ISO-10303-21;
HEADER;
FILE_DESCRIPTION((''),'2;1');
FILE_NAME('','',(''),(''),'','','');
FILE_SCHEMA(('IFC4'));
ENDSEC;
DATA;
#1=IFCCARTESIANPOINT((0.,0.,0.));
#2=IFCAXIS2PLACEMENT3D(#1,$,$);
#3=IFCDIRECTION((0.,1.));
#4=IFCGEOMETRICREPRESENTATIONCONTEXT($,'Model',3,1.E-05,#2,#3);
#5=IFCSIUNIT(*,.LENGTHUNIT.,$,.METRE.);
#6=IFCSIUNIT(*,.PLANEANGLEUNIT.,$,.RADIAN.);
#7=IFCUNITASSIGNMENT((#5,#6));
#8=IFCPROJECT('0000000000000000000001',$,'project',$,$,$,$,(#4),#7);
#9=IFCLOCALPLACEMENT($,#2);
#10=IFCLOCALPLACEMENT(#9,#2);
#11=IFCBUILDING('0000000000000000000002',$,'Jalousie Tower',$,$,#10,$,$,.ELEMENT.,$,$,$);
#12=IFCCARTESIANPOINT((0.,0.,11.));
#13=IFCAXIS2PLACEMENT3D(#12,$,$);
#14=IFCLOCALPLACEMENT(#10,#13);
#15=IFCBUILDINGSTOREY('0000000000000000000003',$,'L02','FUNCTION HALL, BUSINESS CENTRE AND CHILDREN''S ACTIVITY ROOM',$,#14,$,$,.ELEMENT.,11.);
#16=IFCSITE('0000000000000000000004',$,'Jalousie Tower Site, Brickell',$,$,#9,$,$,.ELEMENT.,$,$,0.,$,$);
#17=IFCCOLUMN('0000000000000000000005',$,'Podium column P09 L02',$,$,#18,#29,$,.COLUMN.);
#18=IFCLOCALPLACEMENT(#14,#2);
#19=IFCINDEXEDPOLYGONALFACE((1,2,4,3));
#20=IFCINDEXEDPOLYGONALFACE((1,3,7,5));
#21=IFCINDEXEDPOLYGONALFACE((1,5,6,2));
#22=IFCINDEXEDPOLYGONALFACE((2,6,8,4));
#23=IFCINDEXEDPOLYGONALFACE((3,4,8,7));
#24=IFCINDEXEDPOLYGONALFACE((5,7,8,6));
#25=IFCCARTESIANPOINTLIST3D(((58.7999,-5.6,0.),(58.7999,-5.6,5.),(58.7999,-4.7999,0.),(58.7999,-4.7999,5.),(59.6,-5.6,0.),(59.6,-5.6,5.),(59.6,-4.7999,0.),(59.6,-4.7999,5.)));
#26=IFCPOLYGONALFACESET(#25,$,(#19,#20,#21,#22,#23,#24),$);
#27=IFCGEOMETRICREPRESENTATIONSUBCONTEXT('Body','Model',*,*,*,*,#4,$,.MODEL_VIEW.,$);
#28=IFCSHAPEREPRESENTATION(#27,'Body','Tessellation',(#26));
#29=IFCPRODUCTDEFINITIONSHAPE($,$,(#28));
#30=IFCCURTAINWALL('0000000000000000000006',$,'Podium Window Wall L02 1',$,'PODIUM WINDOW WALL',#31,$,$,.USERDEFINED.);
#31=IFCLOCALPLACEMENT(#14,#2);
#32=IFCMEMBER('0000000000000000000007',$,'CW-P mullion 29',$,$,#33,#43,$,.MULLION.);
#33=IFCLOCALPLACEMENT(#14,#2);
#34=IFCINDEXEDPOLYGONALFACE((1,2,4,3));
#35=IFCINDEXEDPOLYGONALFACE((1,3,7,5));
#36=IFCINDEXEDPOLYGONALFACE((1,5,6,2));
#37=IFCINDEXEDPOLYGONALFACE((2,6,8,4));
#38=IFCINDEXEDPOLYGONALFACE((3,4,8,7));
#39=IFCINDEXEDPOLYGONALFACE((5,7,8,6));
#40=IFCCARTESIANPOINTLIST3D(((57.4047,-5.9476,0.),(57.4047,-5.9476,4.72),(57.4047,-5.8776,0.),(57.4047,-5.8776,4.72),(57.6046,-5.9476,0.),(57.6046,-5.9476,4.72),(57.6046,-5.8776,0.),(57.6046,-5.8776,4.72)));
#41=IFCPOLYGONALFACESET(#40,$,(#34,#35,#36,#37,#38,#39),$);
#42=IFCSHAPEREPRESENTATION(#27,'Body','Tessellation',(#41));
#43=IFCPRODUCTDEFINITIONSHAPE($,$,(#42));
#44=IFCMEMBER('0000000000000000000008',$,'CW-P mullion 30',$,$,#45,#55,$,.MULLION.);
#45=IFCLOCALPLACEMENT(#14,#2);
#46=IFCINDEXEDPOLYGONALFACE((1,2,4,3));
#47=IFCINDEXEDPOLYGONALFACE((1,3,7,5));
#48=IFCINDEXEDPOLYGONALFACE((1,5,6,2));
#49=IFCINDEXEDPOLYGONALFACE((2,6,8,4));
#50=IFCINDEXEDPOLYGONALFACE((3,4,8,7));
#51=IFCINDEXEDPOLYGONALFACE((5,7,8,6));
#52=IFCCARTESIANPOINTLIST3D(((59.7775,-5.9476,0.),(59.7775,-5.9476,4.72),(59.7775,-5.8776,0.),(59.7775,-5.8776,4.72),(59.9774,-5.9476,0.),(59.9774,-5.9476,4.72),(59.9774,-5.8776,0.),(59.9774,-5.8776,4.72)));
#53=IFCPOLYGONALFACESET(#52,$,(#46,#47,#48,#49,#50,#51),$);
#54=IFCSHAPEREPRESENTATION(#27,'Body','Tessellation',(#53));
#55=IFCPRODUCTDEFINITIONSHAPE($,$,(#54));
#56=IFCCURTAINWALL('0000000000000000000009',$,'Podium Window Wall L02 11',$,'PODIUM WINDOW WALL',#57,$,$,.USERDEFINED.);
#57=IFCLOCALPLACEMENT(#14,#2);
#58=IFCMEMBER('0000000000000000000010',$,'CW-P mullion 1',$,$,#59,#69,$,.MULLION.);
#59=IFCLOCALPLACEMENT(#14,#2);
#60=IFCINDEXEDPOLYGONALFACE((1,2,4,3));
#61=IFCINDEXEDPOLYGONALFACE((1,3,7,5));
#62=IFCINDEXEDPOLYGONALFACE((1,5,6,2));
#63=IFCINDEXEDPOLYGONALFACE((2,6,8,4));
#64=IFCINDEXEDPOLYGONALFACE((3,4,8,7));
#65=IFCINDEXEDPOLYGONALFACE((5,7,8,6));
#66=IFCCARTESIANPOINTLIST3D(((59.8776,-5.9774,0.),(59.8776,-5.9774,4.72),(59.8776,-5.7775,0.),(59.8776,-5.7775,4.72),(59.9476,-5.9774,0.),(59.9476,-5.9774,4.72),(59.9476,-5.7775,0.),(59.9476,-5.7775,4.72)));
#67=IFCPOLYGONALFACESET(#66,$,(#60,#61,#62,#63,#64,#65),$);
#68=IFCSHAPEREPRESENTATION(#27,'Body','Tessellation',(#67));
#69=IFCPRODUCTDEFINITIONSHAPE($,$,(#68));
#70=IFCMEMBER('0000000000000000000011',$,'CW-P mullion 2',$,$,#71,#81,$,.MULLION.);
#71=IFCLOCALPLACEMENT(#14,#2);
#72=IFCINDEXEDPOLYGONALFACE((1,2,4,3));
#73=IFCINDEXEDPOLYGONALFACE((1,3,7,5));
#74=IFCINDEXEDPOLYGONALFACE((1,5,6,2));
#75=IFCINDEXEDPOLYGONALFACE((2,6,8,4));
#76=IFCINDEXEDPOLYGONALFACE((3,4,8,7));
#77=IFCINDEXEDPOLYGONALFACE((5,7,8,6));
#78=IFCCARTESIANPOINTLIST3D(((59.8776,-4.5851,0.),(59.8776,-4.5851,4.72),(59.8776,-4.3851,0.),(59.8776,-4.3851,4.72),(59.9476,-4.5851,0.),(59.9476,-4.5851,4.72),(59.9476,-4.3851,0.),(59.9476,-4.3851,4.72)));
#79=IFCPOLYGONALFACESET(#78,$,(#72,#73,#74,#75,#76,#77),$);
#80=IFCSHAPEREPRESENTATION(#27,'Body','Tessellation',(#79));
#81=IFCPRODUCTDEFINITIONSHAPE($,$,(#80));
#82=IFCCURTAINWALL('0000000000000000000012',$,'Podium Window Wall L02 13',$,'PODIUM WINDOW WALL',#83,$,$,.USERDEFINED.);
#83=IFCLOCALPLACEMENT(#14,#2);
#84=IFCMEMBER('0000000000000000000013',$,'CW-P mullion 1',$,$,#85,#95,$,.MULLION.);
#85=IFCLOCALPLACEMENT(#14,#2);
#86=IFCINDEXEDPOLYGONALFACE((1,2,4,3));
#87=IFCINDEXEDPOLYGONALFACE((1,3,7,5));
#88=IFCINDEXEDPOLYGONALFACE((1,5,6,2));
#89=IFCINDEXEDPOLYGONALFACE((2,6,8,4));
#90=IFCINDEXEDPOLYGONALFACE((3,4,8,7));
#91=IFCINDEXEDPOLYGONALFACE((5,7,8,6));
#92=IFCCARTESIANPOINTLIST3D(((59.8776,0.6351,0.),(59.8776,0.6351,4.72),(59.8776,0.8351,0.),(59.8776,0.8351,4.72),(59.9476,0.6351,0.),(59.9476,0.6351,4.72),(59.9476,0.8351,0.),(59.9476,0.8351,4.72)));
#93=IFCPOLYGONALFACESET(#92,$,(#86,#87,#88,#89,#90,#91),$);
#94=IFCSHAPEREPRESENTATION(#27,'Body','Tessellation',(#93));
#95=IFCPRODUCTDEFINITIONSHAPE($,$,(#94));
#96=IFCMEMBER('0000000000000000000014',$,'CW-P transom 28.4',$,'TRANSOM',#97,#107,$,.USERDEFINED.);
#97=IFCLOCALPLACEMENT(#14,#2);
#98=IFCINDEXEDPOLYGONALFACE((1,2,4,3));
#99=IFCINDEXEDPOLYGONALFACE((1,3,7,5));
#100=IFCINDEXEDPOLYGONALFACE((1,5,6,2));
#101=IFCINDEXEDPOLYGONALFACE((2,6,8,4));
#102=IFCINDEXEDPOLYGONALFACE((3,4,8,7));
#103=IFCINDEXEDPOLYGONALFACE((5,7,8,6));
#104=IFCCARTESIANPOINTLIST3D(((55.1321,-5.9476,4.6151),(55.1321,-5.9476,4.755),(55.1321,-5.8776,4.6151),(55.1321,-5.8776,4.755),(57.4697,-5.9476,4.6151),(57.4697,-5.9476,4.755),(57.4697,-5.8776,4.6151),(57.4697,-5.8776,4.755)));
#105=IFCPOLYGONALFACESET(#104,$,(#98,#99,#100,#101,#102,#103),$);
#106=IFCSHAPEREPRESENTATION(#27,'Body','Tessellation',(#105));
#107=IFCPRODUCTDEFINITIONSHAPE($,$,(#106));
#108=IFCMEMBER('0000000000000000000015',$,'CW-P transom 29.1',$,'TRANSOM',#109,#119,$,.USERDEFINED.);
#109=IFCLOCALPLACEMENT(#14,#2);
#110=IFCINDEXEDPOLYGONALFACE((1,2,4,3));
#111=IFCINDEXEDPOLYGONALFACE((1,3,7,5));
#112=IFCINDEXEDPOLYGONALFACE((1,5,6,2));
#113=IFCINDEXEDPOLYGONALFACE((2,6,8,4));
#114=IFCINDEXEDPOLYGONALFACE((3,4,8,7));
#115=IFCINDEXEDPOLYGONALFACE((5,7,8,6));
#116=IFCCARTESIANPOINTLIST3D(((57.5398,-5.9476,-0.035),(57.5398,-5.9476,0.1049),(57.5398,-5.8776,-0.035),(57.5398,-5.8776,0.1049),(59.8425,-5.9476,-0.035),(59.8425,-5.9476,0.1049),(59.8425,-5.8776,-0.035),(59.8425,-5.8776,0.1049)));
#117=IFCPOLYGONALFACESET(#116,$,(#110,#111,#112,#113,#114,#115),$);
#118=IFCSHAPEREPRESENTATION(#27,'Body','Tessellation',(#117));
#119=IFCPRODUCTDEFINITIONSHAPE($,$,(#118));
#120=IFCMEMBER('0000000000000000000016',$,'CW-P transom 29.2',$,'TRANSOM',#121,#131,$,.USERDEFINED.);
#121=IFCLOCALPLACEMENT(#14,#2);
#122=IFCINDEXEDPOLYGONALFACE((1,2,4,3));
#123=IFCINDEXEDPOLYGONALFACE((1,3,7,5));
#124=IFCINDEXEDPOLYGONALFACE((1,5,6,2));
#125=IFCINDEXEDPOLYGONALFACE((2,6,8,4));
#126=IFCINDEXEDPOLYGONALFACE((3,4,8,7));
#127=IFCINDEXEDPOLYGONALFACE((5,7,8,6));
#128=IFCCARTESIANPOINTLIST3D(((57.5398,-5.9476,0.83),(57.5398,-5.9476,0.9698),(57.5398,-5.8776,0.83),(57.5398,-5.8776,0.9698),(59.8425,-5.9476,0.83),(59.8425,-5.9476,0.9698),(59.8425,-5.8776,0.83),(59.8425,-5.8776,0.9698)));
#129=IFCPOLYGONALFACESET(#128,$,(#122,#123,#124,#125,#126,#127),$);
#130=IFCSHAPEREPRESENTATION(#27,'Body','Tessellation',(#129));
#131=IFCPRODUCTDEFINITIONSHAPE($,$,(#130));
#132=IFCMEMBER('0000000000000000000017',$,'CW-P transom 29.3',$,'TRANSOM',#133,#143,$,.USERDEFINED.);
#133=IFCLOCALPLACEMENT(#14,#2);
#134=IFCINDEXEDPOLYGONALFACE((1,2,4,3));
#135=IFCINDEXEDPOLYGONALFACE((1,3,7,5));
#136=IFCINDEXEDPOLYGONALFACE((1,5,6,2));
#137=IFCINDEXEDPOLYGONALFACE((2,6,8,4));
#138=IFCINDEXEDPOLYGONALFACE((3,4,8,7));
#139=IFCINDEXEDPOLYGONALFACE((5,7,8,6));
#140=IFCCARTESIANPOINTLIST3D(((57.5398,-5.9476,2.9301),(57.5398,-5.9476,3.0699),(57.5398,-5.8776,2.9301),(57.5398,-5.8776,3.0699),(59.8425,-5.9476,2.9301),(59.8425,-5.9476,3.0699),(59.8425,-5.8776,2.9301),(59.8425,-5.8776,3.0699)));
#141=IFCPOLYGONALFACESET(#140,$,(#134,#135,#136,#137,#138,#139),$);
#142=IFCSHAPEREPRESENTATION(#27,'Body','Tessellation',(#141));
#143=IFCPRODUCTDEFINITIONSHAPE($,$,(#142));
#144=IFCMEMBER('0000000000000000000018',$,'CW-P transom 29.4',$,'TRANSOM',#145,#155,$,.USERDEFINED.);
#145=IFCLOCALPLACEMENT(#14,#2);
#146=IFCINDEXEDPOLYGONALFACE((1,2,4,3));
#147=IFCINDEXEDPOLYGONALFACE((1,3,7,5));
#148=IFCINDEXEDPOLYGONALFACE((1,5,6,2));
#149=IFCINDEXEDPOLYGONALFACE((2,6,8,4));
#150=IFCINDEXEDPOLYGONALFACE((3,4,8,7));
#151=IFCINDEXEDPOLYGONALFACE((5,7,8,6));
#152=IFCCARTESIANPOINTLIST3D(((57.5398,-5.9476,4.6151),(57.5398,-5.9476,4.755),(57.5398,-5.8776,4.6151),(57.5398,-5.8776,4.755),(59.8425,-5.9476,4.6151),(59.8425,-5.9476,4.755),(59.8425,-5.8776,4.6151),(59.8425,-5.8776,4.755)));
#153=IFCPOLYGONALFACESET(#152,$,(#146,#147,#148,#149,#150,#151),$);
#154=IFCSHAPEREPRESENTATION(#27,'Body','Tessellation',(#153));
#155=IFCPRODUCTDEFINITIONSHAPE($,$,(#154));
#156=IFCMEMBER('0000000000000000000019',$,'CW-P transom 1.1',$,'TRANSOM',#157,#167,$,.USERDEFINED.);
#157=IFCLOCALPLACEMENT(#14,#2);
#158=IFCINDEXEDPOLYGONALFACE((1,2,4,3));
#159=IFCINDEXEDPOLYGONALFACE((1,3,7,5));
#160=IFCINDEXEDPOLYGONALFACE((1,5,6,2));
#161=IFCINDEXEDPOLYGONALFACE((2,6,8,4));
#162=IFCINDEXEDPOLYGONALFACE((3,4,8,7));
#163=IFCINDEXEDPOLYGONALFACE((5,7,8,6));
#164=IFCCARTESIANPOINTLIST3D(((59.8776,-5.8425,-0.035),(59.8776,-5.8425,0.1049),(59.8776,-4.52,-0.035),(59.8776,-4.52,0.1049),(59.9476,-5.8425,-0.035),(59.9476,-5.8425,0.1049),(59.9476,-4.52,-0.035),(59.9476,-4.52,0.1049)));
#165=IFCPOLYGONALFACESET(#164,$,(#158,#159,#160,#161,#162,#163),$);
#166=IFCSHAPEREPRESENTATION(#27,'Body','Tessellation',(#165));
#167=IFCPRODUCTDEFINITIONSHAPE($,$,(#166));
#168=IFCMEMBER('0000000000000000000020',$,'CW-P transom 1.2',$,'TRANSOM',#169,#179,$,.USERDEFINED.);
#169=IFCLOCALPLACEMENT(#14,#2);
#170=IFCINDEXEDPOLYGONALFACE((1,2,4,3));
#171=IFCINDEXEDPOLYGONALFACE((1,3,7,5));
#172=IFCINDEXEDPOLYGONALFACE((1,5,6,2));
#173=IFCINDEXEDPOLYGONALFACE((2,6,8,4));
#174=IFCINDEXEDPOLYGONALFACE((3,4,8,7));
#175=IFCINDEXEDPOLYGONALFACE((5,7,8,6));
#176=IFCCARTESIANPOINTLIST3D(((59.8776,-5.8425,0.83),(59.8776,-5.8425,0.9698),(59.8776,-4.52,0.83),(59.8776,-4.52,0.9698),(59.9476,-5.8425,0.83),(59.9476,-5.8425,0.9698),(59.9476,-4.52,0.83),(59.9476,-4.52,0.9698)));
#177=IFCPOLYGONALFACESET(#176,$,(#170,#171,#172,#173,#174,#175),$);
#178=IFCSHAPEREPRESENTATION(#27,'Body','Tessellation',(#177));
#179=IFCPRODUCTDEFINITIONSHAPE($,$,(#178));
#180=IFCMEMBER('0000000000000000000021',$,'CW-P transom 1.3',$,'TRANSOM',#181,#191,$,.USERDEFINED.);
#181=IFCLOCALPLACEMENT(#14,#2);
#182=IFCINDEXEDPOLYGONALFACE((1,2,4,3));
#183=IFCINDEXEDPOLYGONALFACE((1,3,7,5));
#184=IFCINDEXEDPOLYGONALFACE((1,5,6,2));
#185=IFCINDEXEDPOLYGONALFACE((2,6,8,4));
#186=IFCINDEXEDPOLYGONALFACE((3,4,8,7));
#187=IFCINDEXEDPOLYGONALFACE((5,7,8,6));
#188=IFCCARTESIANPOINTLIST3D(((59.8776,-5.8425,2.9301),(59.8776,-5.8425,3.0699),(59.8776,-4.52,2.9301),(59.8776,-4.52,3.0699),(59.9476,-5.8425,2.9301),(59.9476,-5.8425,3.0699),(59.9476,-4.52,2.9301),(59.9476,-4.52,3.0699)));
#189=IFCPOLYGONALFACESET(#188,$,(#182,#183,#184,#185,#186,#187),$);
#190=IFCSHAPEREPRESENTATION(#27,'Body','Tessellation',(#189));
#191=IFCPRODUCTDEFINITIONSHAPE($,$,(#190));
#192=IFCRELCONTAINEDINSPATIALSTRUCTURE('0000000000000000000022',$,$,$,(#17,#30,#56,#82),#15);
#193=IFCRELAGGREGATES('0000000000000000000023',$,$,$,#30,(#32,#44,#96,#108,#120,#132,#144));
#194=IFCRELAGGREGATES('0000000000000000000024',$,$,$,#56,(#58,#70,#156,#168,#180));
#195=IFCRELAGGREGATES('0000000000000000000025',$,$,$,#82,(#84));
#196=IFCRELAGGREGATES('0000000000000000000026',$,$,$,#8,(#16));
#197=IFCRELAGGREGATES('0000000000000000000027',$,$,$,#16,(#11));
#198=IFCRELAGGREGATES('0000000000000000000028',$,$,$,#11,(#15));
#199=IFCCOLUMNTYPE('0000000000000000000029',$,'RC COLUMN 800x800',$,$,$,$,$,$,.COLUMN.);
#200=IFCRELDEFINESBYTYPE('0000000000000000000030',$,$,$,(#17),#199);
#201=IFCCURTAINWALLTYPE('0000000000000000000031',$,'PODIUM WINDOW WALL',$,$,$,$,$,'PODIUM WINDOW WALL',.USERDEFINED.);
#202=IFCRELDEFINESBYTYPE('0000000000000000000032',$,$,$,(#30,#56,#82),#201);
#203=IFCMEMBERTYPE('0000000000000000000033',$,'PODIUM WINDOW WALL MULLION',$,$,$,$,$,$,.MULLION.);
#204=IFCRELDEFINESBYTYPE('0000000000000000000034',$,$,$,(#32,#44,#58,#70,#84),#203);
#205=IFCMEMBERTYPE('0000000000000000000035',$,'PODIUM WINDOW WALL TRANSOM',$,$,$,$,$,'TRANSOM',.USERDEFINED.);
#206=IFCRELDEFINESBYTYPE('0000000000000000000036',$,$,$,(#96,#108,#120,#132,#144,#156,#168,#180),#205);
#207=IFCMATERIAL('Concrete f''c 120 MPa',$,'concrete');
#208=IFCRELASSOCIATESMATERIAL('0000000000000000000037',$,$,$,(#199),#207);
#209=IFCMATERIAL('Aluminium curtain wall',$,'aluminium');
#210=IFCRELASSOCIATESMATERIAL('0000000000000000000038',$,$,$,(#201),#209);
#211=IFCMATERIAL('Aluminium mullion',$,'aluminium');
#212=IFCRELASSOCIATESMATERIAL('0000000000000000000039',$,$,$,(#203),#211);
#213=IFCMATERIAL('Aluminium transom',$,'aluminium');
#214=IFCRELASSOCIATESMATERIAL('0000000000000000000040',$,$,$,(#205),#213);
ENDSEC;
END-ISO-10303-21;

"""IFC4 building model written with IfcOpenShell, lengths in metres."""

from ifc_helpers import new_model, si_unit, direction, frame, origin, origin_2d, place, context, subcontext, project, spatial, rectangle, extrude, material, material_profile, profile_set, type_object, element, aggregate, save


model = new_model("IFC4")

# Units and contexts
model_context = context("Model", 3, precision=1e-05, world=origin(), true_north=direction((0.0, 1.0)))
body_context = subcontext(model_context, "Body", "Model", "MODEL_VIEW")
ifc_project = project(units=[si_unit("LENGTHUNIT", "METRE"), si_unit("PLANEANGLEUNIT", "RADIAN")], contexts=[model_context])

# Site, building, storey
site_placement = place(None, origin())
site = spatial("IfcSite", under=ifc_project, at=site_placement, Name="Jalousie Tower Site, Brickell", CompositionType="ELEMENT", RefElevation=0.0)
building_placement = place(site_placement, origin())
building = spatial("IfcBuilding", under=site, at=building_placement, Name="Jalousie Tower", CompositionType="ELEMENT")
storey_placement = place(building_placement, frame((0.0, 0.0, 11.0)))
storey = spatial("IfcBuildingStorey", under=building, at=storey_placement, Name="L02", Description="FUNCTION HALL, BUSINESS CENTRE AND CHILDREN'S ACTIVITY ROOM", CompositionType="ELEMENT", Elevation=11.0)

# Column
ifc_material_1 = material(Name="Concrete f'c 120 MPa", Category="concrete")
ifc_material_profile_1 = material_profile(ifc_material_1, rectangle(XDim=0.8, YDim=0.8, at=origin_2d()), Name="RC 800x800")
ifc_profile_set_1 = profile_set([ifc_material_profile_1], Name="Concrete f'c 120 MPa")
column_type = type_object("IfcColumnType", Name="RC COLUMN 800x800", PredefinedType="COLUMN", material=ifc_profile_set_1)
column_placement = place(storey_placement, frame((59.2, -5.2, 0.0), z_axis=(0.0, 0.0, 1.0), x_axis=(1.0, 0.0, 0.0)))
element("IfcColumn", 1, at=column_placement, inside=storey, type_object=column_type, Name="Podium column P09 L02", PredefinedType="COLUMN", context=body_context, shape_type="SweptSolid", body=[
    extrude(rectangle(XDim=0.8, YDim=0.8, at=origin_2d()), origin(), (0.0, 0.0, 1.0), 5.0),
])

# Curtain walls, members
ifc_material_2 = material(Name="Aluminium curtain wall", Category="aluminium")
curtain_wall_type = type_object("IfcCurtainWallType", Name="PODIUM WINDOW WALL", ElementType="PODIUM WINDOW WALL", PredefinedType="USERDEFINED", material=ifc_material_2)
curtain_wall_1_placement = place(storey_placement, origin())
curtain_wall_1 = element("IfcCurtainWall", 2, at=curtain_wall_1_placement, inside=storey, type_object=curtain_wall_type, Name="Podium Window Wall L02 1", ObjectType="PODIUM WINDOW WALL", PredefinedType="USERDEFINED")
ifc_material_3 = material(Name="Aluminium mullion", Category="aluminium")
ifc_material_profile_2 = material_profile(ifc_material_3, rectangle(XDim=0.0701, YDim=0.2, at=origin_2d()), Name="MULLION 70x200")
ifc_profile_set_2 = profile_set([ifc_material_profile_2], Name="Aluminium mullion")
member_type_1 = type_object("IfcMemberType", Name="PODIUM WINDOW WALL MULLION", PredefinedType="MULLION", material=ifc_profile_set_2)
member_1_placement = place(storey_placement, frame((57.5046, -5.9126, 0.0), z_axis=(0.0, 0.0, 1.0), x_axis=(0.0, 1.0, 0.0)))
member_1 = element("IfcMember", 3, at=member_1_placement, type_object=member_type_1, Name="CW-P mullion 29", PredefinedType="MULLION", context=body_context, shape_type="SweptSolid", body=[
    extrude(rectangle(XDim=0.0701, YDim=0.2, at=origin_2d()), origin(), (0.0, 0.0, 1.0), 4.72),
])
member_2_placement = place(storey_placement, frame((59.8774, -5.9126, 0.0), z_axis=(0.0, 0.0, 1.0), x_axis=(0.0, 1.0, 0.0)))
member_2 = element("IfcMember", 4, at=member_2_placement, type_object=member_type_1, Name="CW-P mullion 30", PredefinedType="MULLION", context=body_context, shape_type="SweptSolid", body=[
    extrude(rectangle(XDim=0.0701, YDim=0.2, at=origin_2d()), origin(), (0.0, 0.0, 1.0), 4.72),
])
curtain_wall_2_placement = place(storey_placement, origin())
curtain_wall_2 = element("IfcCurtainWall", 5, at=curtain_wall_2_placement, inside=storey, type_object=curtain_wall_type, Name="Podium Window Wall L02 11", ObjectType="PODIUM WINDOW WALL", PredefinedType="USERDEFINED")
member_3_placement = place(storey_placement, frame((59.9126, -5.8774, 0.0), z_axis=(0.0, 0.0, 1.0), x_axis=(-1.0, 0.0, 0.0)))
member_3 = element("IfcMember", 6, at=member_3_placement, type_object=member_type_1, Name="CW-P mullion 1", PredefinedType="MULLION", context=body_context, shape_type="SweptSolid", body=[
    extrude(rectangle(XDim=0.0701, YDim=0.2, at=origin_2d()), origin(), (0.0, 0.0, 1.0), 4.72),
])
member_4_placement = place(storey_placement, frame((59.9126, -4.4851, 0.0), z_axis=(0.0, 0.0, 1.0), x_axis=(-1.0, 0.0, 0.0)))
member_4 = element("IfcMember", 7, at=member_4_placement, type_object=member_type_1, Name="CW-P mullion 2", PredefinedType="MULLION", context=body_context, shape_type="SweptSolid", body=[
    extrude(rectangle(XDim=0.0701, YDim=0.2, at=origin_2d()), origin(), (0.0, 0.0, 1.0), 4.72),
])

# Curtain wall, member
curtain_wall_3_placement = place(storey_placement, origin())
curtain_wall_3 = element("IfcCurtainWall", 8, at=curtain_wall_3_placement, inside=storey, type_object=curtain_wall_type, Name="Podium Window Wall L02 13", ObjectType="PODIUM WINDOW WALL", PredefinedType="USERDEFINED")
member_5_placement = place(storey_placement, frame((59.9126, 0.7351, 0.0), z_axis=(0.0, 0.0, 1.0), x_axis=(-1.0, 0.0, 0.0)))
member_5 = element("IfcMember", 9, at=member_5_placement, type_object=member_type_1, Name="CW-P mullion 1", PredefinedType="MULLION", context=body_context, shape_type="SweptSolid", body=[
    extrude(rectangle(XDim=0.0701, YDim=0.2, at=origin_2d()), origin(), (0.0, 0.0, 1.0), 4.72),
])

# Members
ifc_material_4 = material(Name="Aluminium transom", Category="aluminium")
ifc_material_profile_3 = material_profile(ifc_material_4, rectangle(XDim=0.0701, YDim=0.1399, at=origin_2d()), Name="TRANSOM 70x140")
ifc_profile_set_3 = profile_set([ifc_material_profile_3], Name="Aluminium transom")
member_type_2 = type_object("IfcMemberType", Name="PODIUM WINDOW WALL TRANSOM", ElementType="TRANSOM", PredefinedType="USERDEFINED", material=ifc_profile_set_3)
member_6_placement = place(storey_placement, frame((55.1321, -5.9126, 4.6851), z_axis=(1.0, 0.0, 0.0), x_axis=(0.0, 1.0, 0.0)))
member_6 = element("IfcMember", 10, at=member_6_placement, type_object=member_type_2, Name="CW-P transom 28.4", ObjectType="TRANSOM", PredefinedType="USERDEFINED", context=body_context, shape_type="SweptSolid", body=[
    extrude(rectangle(XDim=0.0701, YDim=0.1399, at=origin_2d()), origin(), (0.0, 0.0, 1.0), 2.3376),
])
member_7_placement = place(storey_placement, frame((57.5398, -5.9126, 0.0349), z_axis=(1.0, 0.0, 0.0), x_axis=(0.0, 1.0, 0.0)))
member_7 = element("IfcMember", 11, at=member_7_placement, type_object=member_type_2, Name="CW-P transom 29.1", ObjectType="TRANSOM", PredefinedType="USERDEFINED", context=body_context, shape_type="SweptSolid", body=[
    extrude(rectangle(XDim=0.0701, YDim=0.1399, at=origin_2d()), origin(), (0.0, 0.0, 1.0), 2.3027),
])
member_8_placement = place(storey_placement, frame((57.5398, -5.9126, 0.8999), z_axis=(1.0, 0.0, 0.0), x_axis=(0.0, 1.0, 0.0)))
member_8 = element("IfcMember", 12, at=member_8_placement, type_object=member_type_2, Name="CW-P transom 29.2", ObjectType="TRANSOM", PredefinedType="USERDEFINED", context=body_context, shape_type="SweptSolid", body=[
    extrude(rectangle(XDim=0.0701, YDim=0.1399, at=origin_2d()), origin(), (0.0, 0.0, 1.0), 2.3027),
])
member_9_placement = place(storey_placement, frame((57.5398, -5.9126, 3.0), z_axis=(1.0, 0.0, 0.0), x_axis=(0.0, 1.0, 0.0)))
member_9 = element("IfcMember", 13, at=member_9_placement, type_object=member_type_2, Name="CW-P transom 29.3", ObjectType="TRANSOM", PredefinedType="USERDEFINED", context=body_context, shape_type="SweptSolid", body=[
    extrude(rectangle(XDim=0.0701, YDim=0.1399, at=origin_2d()), origin(), (0.0, 0.0, 1.0), 2.3027),
])
member_10_placement = place(storey_placement, frame((57.5398, -5.9126, 4.6851), z_axis=(1.0, 0.0, 0.0), x_axis=(0.0, 1.0, 0.0)))
member_10 = element("IfcMember", 14, at=member_10_placement, type_object=member_type_2, Name="CW-P transom 29.4", ObjectType="TRANSOM", PredefinedType="USERDEFINED", context=body_context, shape_type="SweptSolid", body=[
    extrude(rectangle(XDim=0.0701, YDim=0.1399, at=origin_2d()), origin(), (0.0, 0.0, 1.0), 2.3027),
])
member_11_placement = place(storey_placement, frame((59.9126, -5.8425, 0.0349), z_axis=(0.0, 1.0, 0.0), x_axis=(-1.0, 0.0, 0.0)))
member_11 = element("IfcMember", 15, at=member_11_placement, type_object=member_type_2, Name="CW-P transom 1.1", ObjectType="TRANSOM", PredefinedType="USERDEFINED", context=body_context, shape_type="SweptSolid", body=[
    extrude(rectangle(XDim=0.0701, YDim=0.1399, at=origin_2d()), origin(), (0.0, 0.0, 1.0), 1.3225),
])
member_12_placement = place(storey_placement, frame((59.9126, -5.8425, 0.8999), z_axis=(0.0, 1.0, 0.0), x_axis=(-1.0, 0.0, 0.0)))
member_12 = element("IfcMember", 16, at=member_12_placement, type_object=member_type_2, Name="CW-P transom 1.2", ObjectType="TRANSOM", PredefinedType="USERDEFINED", context=body_context, shape_type="SweptSolid", body=[
    extrude(rectangle(XDim=0.0701, YDim=0.1399, at=origin_2d()), origin(), (0.0, 0.0, 1.0), 1.3225),
])
member_13_placement = place(storey_placement, frame((59.9126, -5.8425, 3.0), z_axis=(0.0, 1.0, 0.0), x_axis=(-1.0, 0.0, 0.0)))
member_13 = element("IfcMember", 17, at=member_13_placement, type_object=member_type_2, Name="CW-P transom 1.3", ObjectType="TRANSOM", PredefinedType="USERDEFINED", context=body_context, shape_type="SweptSolid", body=[
    extrude(rectangle(XDim=0.0701, YDim=0.1399, at=origin_2d()), origin(), (0.0, 0.0, 1.0), 1.3225),
])

aggregate(curtain_wall_1, [member_1, member_2, member_6, member_7, member_8, member_9, member_10])
aggregate(curtain_wall_2, [member_3, member_4, member_11, member_12, member_13])
aggregate(curtain_wall_3, [member_5])

save(model, "model.ifc")
